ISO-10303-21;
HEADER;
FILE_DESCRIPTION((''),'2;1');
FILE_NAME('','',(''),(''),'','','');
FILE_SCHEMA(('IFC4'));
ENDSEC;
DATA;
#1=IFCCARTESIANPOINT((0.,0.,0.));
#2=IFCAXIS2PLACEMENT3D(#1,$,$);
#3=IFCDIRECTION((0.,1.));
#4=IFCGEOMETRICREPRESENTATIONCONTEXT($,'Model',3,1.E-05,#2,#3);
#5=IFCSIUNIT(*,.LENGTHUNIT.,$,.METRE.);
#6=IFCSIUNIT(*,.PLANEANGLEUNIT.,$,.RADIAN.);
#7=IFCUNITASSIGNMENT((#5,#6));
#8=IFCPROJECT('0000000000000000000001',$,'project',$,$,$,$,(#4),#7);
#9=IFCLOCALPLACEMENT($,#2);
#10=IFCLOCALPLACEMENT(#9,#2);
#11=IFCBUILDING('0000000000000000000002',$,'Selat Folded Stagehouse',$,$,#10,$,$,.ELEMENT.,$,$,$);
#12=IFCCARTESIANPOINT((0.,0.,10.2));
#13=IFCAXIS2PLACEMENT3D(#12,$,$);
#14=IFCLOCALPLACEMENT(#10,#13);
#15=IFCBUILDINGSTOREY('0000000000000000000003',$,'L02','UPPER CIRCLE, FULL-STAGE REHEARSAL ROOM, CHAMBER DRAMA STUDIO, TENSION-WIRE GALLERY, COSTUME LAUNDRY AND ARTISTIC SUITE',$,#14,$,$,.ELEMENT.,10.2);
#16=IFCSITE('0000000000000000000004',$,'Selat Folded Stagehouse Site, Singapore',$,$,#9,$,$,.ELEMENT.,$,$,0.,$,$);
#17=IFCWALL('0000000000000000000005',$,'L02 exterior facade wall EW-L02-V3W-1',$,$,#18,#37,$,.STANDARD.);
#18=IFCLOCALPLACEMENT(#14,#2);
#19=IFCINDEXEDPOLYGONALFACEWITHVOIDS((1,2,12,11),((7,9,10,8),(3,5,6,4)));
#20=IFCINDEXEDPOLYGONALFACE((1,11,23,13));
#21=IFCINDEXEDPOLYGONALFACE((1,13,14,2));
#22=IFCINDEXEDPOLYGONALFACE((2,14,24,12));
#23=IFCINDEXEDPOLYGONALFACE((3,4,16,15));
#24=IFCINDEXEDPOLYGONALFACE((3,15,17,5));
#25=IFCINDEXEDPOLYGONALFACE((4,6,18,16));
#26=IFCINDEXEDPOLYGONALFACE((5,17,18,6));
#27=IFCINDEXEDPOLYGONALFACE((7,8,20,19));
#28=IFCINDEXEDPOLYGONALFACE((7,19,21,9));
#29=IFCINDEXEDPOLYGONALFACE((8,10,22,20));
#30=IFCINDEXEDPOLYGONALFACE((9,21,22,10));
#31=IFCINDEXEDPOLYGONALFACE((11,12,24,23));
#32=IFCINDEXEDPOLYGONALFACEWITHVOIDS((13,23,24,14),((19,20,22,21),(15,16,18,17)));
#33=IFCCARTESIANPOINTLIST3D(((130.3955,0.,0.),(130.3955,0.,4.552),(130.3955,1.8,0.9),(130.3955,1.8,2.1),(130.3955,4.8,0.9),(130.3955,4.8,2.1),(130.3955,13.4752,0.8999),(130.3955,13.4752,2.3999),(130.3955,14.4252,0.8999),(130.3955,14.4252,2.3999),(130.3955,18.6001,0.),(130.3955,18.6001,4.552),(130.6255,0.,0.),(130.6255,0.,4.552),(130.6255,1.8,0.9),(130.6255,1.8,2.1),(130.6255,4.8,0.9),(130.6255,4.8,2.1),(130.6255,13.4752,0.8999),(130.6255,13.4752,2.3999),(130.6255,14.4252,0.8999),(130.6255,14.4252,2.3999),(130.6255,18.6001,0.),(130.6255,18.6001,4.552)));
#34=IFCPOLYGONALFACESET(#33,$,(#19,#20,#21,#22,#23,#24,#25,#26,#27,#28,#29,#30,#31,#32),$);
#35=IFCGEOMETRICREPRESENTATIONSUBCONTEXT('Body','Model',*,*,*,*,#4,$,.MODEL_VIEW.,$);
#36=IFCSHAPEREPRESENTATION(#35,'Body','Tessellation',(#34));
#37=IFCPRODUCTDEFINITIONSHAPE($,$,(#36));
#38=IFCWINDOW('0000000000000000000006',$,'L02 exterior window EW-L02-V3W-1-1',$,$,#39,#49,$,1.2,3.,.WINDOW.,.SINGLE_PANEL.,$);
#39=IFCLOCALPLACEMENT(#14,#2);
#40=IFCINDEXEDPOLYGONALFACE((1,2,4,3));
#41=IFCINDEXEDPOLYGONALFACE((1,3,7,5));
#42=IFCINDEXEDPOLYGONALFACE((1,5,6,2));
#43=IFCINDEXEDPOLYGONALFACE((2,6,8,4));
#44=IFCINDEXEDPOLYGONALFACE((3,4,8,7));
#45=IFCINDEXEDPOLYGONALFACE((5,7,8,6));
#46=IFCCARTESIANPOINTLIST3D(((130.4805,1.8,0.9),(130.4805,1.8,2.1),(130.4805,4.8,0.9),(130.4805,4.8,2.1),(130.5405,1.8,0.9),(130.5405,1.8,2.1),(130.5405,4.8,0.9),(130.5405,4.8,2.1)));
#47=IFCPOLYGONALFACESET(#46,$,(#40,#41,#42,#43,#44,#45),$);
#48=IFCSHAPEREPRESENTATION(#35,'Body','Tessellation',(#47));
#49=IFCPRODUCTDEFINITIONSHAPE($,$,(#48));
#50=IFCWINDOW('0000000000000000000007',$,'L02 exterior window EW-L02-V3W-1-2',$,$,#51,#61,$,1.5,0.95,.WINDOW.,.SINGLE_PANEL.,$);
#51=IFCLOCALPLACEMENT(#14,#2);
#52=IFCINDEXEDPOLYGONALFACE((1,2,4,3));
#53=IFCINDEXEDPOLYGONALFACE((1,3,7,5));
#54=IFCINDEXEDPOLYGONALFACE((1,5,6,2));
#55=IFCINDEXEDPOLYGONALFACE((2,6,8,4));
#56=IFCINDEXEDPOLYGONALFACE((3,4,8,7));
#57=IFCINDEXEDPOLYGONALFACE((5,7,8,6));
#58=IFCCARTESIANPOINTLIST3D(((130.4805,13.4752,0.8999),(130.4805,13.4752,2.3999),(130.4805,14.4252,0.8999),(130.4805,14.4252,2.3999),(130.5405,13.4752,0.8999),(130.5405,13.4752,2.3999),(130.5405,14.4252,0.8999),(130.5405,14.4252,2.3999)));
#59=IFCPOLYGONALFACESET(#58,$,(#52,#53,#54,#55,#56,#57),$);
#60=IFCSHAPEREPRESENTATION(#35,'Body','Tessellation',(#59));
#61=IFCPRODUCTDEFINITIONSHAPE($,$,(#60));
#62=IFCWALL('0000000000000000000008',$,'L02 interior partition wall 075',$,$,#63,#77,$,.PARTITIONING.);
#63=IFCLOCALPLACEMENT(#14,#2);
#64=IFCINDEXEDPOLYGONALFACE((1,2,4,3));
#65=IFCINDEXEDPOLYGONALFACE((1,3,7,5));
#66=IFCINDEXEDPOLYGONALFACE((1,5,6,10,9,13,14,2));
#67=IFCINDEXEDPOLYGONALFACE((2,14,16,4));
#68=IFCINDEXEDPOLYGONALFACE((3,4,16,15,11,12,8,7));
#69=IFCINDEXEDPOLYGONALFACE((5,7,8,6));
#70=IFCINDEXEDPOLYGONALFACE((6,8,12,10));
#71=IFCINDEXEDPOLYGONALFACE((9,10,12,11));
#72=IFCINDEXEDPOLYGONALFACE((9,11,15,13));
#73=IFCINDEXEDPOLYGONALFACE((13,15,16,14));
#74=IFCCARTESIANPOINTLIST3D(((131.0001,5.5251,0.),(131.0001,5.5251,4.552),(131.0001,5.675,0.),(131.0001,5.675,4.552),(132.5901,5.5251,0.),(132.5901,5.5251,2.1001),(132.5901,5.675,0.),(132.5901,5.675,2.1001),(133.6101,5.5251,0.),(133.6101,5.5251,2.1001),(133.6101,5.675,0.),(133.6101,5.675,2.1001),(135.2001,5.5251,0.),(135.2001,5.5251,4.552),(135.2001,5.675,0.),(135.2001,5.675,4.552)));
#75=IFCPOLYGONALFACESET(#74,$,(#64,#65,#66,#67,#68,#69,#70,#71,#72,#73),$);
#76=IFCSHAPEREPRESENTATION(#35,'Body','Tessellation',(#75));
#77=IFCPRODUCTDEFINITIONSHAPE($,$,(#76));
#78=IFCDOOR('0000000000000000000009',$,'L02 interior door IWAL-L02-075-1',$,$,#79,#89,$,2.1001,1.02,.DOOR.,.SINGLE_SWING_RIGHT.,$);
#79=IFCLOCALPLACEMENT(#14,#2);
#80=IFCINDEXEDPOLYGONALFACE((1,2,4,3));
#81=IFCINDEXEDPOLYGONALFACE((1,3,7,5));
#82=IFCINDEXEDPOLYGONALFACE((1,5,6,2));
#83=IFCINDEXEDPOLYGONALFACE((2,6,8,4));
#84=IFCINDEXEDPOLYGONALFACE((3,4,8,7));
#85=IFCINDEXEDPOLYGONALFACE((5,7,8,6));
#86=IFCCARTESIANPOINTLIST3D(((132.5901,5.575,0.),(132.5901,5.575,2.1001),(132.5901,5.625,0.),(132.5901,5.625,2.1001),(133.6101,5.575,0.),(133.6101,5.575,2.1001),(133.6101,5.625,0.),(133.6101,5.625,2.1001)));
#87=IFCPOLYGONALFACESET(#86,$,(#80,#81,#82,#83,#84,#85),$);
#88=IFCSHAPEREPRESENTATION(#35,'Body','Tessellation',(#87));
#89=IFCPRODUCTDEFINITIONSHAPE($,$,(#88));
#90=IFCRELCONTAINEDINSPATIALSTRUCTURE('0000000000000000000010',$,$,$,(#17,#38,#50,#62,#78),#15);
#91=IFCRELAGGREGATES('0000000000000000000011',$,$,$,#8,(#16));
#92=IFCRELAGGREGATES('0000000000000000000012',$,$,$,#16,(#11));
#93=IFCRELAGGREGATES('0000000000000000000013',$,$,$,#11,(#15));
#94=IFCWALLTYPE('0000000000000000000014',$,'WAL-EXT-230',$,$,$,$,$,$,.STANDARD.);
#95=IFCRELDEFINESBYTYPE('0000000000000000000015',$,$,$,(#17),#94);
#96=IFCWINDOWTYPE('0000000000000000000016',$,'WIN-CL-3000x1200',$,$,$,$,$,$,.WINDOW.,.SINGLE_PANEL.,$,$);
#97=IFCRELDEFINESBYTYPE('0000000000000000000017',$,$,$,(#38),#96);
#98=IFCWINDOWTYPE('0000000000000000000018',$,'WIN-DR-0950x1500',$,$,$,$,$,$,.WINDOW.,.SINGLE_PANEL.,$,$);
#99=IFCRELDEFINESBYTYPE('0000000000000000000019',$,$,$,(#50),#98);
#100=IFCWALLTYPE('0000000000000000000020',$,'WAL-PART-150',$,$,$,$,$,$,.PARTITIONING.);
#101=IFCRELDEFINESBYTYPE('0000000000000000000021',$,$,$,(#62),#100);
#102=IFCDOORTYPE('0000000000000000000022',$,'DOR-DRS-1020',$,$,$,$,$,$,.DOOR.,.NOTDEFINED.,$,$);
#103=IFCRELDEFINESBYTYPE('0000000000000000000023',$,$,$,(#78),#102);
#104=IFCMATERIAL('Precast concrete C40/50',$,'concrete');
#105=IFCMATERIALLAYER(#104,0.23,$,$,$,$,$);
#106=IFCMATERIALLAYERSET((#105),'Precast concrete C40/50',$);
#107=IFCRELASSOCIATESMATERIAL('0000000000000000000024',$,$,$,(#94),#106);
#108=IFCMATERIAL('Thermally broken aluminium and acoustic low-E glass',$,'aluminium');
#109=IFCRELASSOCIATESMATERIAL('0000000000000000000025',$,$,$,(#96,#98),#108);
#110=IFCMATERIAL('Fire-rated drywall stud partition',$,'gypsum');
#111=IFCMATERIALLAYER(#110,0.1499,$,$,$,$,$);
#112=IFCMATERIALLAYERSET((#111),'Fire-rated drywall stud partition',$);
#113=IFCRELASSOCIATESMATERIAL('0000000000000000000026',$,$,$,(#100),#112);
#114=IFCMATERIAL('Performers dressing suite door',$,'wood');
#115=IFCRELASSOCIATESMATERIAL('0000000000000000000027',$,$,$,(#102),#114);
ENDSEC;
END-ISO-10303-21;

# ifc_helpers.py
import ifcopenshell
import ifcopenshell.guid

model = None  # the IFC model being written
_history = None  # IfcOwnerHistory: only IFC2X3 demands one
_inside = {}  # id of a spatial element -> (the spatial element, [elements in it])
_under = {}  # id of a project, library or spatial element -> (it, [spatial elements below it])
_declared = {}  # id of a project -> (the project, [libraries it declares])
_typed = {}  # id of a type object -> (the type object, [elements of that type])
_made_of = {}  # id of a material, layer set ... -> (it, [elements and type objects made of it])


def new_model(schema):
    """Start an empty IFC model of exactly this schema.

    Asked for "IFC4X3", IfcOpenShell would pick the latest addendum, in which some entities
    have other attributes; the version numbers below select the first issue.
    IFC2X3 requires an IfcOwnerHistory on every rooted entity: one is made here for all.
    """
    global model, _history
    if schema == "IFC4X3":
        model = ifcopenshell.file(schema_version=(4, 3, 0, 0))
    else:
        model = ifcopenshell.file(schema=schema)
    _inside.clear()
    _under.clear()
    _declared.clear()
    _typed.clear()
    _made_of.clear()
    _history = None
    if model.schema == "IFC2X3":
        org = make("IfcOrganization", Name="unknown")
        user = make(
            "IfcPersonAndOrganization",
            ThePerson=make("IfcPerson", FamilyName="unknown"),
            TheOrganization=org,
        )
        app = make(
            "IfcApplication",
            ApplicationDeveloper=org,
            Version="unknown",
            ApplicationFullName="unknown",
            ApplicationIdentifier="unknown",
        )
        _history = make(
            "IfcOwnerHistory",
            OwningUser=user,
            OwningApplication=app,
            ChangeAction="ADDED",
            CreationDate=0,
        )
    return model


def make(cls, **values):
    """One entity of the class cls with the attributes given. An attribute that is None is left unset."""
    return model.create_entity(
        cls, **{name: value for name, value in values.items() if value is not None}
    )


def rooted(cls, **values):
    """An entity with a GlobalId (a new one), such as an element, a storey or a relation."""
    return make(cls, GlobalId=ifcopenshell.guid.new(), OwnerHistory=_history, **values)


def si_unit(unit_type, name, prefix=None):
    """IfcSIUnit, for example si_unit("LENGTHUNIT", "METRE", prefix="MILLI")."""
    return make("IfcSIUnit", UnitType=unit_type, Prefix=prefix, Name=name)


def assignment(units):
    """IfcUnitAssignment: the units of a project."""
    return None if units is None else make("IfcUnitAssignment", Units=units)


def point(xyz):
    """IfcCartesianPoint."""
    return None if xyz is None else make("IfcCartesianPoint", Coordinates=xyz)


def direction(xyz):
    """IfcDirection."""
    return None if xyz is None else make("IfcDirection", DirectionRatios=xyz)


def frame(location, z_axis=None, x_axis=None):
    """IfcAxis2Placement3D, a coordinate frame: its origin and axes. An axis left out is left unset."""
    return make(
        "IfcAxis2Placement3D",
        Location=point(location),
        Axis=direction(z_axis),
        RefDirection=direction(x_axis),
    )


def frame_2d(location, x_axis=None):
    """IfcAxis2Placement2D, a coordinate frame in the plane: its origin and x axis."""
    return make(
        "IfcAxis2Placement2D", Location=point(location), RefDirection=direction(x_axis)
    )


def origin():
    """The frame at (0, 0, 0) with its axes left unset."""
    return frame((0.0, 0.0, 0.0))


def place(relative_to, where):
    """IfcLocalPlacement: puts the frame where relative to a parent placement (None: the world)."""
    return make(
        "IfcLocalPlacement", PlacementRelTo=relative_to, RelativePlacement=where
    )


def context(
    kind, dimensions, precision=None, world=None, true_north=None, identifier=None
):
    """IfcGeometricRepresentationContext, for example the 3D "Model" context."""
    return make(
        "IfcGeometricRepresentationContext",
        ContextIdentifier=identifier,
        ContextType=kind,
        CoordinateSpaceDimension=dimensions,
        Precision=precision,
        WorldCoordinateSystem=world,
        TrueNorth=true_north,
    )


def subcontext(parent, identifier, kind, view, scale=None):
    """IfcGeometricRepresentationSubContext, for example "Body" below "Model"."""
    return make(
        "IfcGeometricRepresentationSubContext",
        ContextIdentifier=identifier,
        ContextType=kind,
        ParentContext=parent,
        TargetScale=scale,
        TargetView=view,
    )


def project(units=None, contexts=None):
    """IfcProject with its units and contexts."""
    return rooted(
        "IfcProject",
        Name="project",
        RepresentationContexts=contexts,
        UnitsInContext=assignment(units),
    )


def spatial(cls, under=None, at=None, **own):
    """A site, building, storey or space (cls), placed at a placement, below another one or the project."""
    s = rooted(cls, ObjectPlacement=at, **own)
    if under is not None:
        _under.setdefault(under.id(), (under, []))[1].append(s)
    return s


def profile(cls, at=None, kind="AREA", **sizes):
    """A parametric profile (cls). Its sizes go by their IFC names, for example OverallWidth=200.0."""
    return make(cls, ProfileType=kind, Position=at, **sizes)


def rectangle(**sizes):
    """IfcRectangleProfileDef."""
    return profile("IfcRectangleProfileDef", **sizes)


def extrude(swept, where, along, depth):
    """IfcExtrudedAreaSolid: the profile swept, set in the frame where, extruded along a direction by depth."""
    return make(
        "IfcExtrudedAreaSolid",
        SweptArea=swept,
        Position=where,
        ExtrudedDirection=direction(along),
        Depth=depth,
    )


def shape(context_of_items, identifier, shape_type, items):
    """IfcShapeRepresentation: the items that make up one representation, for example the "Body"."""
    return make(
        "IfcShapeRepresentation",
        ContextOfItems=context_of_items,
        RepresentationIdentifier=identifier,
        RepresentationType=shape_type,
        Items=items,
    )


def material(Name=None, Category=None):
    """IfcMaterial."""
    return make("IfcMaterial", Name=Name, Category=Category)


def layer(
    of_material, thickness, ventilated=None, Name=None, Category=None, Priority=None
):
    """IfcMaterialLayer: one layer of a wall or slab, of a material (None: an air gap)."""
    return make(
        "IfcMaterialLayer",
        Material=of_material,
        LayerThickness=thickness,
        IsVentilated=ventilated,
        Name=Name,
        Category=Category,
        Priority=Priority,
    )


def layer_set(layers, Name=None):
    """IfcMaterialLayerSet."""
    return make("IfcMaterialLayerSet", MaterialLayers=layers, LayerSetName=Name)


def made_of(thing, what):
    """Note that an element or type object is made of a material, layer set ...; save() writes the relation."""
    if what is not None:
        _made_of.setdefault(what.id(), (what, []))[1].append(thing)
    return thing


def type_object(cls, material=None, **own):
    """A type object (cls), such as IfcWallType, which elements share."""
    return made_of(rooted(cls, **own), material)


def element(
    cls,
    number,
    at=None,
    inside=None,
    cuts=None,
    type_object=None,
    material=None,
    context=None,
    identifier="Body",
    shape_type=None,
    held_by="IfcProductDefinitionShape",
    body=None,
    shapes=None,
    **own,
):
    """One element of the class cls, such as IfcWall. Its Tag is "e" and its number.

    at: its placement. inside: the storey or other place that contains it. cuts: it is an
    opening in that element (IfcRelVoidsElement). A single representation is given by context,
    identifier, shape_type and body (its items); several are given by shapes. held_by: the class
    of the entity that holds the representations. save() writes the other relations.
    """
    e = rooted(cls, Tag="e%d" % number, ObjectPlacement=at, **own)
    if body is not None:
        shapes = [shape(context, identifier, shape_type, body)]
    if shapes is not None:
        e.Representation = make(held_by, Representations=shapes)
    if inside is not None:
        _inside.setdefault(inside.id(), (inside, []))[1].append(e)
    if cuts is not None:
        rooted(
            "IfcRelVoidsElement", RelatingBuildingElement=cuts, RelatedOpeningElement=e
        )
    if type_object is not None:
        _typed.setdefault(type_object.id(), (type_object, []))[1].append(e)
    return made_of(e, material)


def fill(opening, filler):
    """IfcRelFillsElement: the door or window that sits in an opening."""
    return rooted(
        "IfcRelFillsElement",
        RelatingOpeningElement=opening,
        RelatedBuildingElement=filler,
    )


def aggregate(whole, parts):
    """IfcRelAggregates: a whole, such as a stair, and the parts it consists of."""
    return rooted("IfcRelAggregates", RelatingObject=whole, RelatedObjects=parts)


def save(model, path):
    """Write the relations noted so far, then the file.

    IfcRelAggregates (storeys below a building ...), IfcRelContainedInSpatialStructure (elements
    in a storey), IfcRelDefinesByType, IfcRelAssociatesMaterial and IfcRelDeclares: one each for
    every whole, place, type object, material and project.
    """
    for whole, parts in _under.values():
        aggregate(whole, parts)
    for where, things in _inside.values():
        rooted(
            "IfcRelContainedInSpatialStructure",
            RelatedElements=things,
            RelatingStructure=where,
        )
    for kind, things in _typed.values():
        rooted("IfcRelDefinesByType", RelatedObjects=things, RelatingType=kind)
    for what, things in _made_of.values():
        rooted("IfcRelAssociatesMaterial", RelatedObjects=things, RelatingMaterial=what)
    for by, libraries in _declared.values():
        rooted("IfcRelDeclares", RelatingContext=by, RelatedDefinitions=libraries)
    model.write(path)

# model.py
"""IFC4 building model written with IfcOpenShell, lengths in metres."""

from ifc_helpers import new_model, si_unit, direction, frame, frame_2d, origin, place, context, subcontext, project, spatial, rectangle, extrude, material, layer, layer_set, type_object, element, fill, save


model = new_model("IFC4")

# Units and contexts
model_context = context("Model", 3, precision=1e-05, world=origin(), true_north=direction((0.0, 1.0)))
body_context = subcontext(model_context, "Body", "Model", "MODEL_VIEW")
ifc_project = project(units=[si_unit("LENGTHUNIT", "METRE"), si_unit("PLANEANGLEUNIT", "RADIAN")], contexts=[model_context])

# Site, building, storey
site_placement = place(None, origin())
site = spatial("IfcSite", under=ifc_project, at=site_placement, Name="Selat Folded Stagehouse Site, Singapore", CompositionType="ELEMENT", RefElevation=0.0)
building_placement = place(site_placement, origin())
building = spatial("IfcBuilding", under=site, at=building_placement, Name="Selat Folded Stagehouse", CompositionType="ELEMENT")
storey_placement = place(building_placement, frame((0.0, 0.0, 10.2)))
storey = spatial("IfcBuildingStorey", under=building, at=storey_placement, Name="L02", Description="UPPER CIRCLE, FULL-STAGE REHEARSAL ROOM, CHAMBER DRAMA STUDIO, TENSION-WIRE GALLERY, COSTUME LAUNDRY AND ARTISTIC SUITE", CompositionType="ELEMENT", Elevation=10.2)

# Wall, openings, windows
ifc_material_1 = material(Name="Precast concrete C40/50", Category="concrete")
ifc_layer_1 = layer(ifc_material_1, 0.23)
ifc_layer_set_1 = layer_set([ifc_layer_1], Name="Precast concrete C40/50")
wall_type_1 = type_object("IfcWallType", Name="WAL-EXT-230", PredefinedType="STANDARD", material=ifc_layer_set_1)
wall_1_placement = place(storey_placement, frame((130.5105, 0.0, 0.0), z_axis=(0.0, 0.0, 1.0), x_axis=(0.0, 1.0, 0.0)))
wall_1 = element("IfcWall", 1, at=wall_1_placement, inside=storey, type_object=wall_type_1, Name="L02 exterior facade wall EW-L02-V3W-1", PredefinedType="STANDARD", context=body_context, shape_type="SweptSolid", body=[
    extrude(rectangle(XDim=18.6001, YDim=0.23, at=frame_2d((9.3, 0.0))), origin(), (0.0, 0.0, 1.0), 4.552),
])
opening_1_placement = place(wall_1_placement, frame((1.8, 0.0, 0.8999)))
opening_1 = element("IfcOpeningElement", 2, at=opening_1_placement, cuts=wall_1, PredefinedType="OPENING", context=body_context, shape_type="SweptSolid", body=[
    extrude(rectangle(XDim=3.0, YDim=1.2, at=frame_2d((1.5, 0.6001))), frame((0.0, 0.125, 0.0), z_axis=(0.0, -1.0, 0.0), x_axis=(1.0, 0.0, 0.0)), (0.0, 0.0, 1.0), 0.25),
])
opening_2_placement = place(wall_1_placement, frame((13.4751, 0.0, 0.8999)))
opening_2 = element("IfcOpeningElement", 3, at=opening_2_placement, cuts=wall_1, PredefinedType="OPENING", context=body_context, shape_type="SweptSolid", body=[
    extrude(rectangle(XDim=0.95, YDim=1.5, at=frame_2d((0.4751, 0.75))), frame((0.0, 0.125, 0.0), z_axis=(0.0, -1.0, 0.0), x_axis=(1.0, 0.0, 0.0)), (0.0, 0.0, 1.0), 0.25),
])
ifc_material_2 = material(Name="Thermally broken aluminium and acoustic low-E glass", Category="aluminium")
window_type_1 = type_object("IfcWindowType", Name="WIN-CL-3000x1200", PartitioningType="SINGLE_PANEL", PredefinedType="WINDOW", material=ifc_material_2)
window_1_placement = place(opening_1_placement, origin())
window_1 = element("IfcWindow", 4, at=window_1_placement, inside=storey, type_object=window_type_1, Name="L02 exterior window EW-L02-V3W-1-1", OverallHeight=1.2, OverallWidth=3.0, PartitioningType="SINGLE_PANEL", PredefinedType="WINDOW", context=body_context, shape_type="SweptSolid", body=[
    extrude(rectangle(XDim=3.0, YDim=1.2, at=frame_2d((1.5, 0.6001))), frame((0.0, 0.03, 0.0), z_axis=(0.0, -1.0, 0.0), x_axis=(1.0, 0.0, 0.0)), (0.0, 0.0, 1.0), 0.0601),
])
fill(opening_1, window_1)
window_type_2 = type_object("IfcWindowType", Name="WIN-DR-0950x1500", PartitioningType="SINGLE_PANEL", PredefinedType="WINDOW", material=ifc_material_2)
window_2_placement = place(opening_2_placement, origin())
window_2 = element("IfcWindow", 5, at=window_2_placement, inside=storey, type_object=window_type_2, Name="L02 exterior window EW-L02-V3W-1-2", OverallHeight=1.5, OverallWidth=0.95, PartitioningType="SINGLE_PANEL", PredefinedType="WINDOW", context=body_context, shape_type="SweptSolid", body=[
    extrude(rectangle(XDim=0.95, YDim=1.5, at=frame_2d((0.4751, 0.75))), frame((0.0, 0.03, 0.0), z_axis=(0.0, -1.0, 0.0), x_axis=(1.0, 0.0, 0.0)), (0.0, 0.0, 1.0), 0.0601),
])
fill(opening_2, window_2)

# Wall, opening, door
ifc_material_3 = material(Name="Fire-rated drywall stud partition", Category="gypsum")
ifc_layer_2 = layer(ifc_material_3, 0.1499)
ifc_layer_set_2 = layer_set([ifc_layer_2], Name="Fire-rated drywall stud partition")
wall_type_2 = type_object("IfcWallType", Name="WAL-PART-150", PredefinedType="PARTITIONING", material=ifc_layer_set_2)
wall_2_placement = place(storey_placement, frame((131.0, 5.6001, 0.0), z_axis=(0.0, 0.0, 1.0), x_axis=(1.0, 0.0, 0.0)))
wall_2 = element("IfcWall", 6, at=wall_2_placement, inside=storey, type_object=wall_type_2, Name="L02 interior partition wall 075", PredefinedType="PARTITIONING", context=body_context, shape_type="SweptSolid", body=[
    extrude(rectangle(XDim=4.2, YDim=0.1499, at=frame_2d((2.1001, 0.0))), origin(), (0.0, 0.0, 1.0), 4.552),
])
opening_3_placement = place(wall_2_placement, frame((1.5901, 0.0, 0.0)))
opening_3 = element("IfcOpeningElement", 7, at=opening_3_placement, cuts=wall_2, PredefinedType="OPENING", context=body_context, shape_type="SweptSolid", body=[
    extrude(rectangle(XDim=1.02, YDim=2.1001, at=frame_2d((0.51, 1.05))), frame((0.0, 0.085, 0.0), z_axis=(0.0, -1.0, 0.0), x_axis=(1.0, 0.0, 0.0)), (0.0, 0.0, 1.0), 0.1699),
])
ifc_material_4 = material(Name="Performers dressing suite door", Category="wood")
door_type = type_object("IfcDoorType", Name="DOR-DRS-1020", OperationType="NOTDEFINED", PredefinedType="DOOR", material=ifc_material_4)
door_placement = place(opening_3_placement, origin())
door = element("IfcDoor", 8, at=door_placement, inside=storey, type_object=door_type, Name="L02 interior door IWAL-L02-075-1", OperationType="SINGLE_SWING_RIGHT", OverallHeight=2.1001, OverallWidth=1.02, PredefinedType="DOOR", context=body_context, shape_type="SweptSolid", body=[
    extrude(rectangle(XDim=1.02, YDim=2.1001, at=frame_2d((0.51, 1.05))), frame((0.0, 0.0249, 0.0), z_axis=(0.0, -1.0, 0.0), x_axis=(1.0, 0.0, 0.0)), (0.0, 0.0, 1.0), 0.05),
])
fill(opening_3, door)

save(model, "model.ifc")
